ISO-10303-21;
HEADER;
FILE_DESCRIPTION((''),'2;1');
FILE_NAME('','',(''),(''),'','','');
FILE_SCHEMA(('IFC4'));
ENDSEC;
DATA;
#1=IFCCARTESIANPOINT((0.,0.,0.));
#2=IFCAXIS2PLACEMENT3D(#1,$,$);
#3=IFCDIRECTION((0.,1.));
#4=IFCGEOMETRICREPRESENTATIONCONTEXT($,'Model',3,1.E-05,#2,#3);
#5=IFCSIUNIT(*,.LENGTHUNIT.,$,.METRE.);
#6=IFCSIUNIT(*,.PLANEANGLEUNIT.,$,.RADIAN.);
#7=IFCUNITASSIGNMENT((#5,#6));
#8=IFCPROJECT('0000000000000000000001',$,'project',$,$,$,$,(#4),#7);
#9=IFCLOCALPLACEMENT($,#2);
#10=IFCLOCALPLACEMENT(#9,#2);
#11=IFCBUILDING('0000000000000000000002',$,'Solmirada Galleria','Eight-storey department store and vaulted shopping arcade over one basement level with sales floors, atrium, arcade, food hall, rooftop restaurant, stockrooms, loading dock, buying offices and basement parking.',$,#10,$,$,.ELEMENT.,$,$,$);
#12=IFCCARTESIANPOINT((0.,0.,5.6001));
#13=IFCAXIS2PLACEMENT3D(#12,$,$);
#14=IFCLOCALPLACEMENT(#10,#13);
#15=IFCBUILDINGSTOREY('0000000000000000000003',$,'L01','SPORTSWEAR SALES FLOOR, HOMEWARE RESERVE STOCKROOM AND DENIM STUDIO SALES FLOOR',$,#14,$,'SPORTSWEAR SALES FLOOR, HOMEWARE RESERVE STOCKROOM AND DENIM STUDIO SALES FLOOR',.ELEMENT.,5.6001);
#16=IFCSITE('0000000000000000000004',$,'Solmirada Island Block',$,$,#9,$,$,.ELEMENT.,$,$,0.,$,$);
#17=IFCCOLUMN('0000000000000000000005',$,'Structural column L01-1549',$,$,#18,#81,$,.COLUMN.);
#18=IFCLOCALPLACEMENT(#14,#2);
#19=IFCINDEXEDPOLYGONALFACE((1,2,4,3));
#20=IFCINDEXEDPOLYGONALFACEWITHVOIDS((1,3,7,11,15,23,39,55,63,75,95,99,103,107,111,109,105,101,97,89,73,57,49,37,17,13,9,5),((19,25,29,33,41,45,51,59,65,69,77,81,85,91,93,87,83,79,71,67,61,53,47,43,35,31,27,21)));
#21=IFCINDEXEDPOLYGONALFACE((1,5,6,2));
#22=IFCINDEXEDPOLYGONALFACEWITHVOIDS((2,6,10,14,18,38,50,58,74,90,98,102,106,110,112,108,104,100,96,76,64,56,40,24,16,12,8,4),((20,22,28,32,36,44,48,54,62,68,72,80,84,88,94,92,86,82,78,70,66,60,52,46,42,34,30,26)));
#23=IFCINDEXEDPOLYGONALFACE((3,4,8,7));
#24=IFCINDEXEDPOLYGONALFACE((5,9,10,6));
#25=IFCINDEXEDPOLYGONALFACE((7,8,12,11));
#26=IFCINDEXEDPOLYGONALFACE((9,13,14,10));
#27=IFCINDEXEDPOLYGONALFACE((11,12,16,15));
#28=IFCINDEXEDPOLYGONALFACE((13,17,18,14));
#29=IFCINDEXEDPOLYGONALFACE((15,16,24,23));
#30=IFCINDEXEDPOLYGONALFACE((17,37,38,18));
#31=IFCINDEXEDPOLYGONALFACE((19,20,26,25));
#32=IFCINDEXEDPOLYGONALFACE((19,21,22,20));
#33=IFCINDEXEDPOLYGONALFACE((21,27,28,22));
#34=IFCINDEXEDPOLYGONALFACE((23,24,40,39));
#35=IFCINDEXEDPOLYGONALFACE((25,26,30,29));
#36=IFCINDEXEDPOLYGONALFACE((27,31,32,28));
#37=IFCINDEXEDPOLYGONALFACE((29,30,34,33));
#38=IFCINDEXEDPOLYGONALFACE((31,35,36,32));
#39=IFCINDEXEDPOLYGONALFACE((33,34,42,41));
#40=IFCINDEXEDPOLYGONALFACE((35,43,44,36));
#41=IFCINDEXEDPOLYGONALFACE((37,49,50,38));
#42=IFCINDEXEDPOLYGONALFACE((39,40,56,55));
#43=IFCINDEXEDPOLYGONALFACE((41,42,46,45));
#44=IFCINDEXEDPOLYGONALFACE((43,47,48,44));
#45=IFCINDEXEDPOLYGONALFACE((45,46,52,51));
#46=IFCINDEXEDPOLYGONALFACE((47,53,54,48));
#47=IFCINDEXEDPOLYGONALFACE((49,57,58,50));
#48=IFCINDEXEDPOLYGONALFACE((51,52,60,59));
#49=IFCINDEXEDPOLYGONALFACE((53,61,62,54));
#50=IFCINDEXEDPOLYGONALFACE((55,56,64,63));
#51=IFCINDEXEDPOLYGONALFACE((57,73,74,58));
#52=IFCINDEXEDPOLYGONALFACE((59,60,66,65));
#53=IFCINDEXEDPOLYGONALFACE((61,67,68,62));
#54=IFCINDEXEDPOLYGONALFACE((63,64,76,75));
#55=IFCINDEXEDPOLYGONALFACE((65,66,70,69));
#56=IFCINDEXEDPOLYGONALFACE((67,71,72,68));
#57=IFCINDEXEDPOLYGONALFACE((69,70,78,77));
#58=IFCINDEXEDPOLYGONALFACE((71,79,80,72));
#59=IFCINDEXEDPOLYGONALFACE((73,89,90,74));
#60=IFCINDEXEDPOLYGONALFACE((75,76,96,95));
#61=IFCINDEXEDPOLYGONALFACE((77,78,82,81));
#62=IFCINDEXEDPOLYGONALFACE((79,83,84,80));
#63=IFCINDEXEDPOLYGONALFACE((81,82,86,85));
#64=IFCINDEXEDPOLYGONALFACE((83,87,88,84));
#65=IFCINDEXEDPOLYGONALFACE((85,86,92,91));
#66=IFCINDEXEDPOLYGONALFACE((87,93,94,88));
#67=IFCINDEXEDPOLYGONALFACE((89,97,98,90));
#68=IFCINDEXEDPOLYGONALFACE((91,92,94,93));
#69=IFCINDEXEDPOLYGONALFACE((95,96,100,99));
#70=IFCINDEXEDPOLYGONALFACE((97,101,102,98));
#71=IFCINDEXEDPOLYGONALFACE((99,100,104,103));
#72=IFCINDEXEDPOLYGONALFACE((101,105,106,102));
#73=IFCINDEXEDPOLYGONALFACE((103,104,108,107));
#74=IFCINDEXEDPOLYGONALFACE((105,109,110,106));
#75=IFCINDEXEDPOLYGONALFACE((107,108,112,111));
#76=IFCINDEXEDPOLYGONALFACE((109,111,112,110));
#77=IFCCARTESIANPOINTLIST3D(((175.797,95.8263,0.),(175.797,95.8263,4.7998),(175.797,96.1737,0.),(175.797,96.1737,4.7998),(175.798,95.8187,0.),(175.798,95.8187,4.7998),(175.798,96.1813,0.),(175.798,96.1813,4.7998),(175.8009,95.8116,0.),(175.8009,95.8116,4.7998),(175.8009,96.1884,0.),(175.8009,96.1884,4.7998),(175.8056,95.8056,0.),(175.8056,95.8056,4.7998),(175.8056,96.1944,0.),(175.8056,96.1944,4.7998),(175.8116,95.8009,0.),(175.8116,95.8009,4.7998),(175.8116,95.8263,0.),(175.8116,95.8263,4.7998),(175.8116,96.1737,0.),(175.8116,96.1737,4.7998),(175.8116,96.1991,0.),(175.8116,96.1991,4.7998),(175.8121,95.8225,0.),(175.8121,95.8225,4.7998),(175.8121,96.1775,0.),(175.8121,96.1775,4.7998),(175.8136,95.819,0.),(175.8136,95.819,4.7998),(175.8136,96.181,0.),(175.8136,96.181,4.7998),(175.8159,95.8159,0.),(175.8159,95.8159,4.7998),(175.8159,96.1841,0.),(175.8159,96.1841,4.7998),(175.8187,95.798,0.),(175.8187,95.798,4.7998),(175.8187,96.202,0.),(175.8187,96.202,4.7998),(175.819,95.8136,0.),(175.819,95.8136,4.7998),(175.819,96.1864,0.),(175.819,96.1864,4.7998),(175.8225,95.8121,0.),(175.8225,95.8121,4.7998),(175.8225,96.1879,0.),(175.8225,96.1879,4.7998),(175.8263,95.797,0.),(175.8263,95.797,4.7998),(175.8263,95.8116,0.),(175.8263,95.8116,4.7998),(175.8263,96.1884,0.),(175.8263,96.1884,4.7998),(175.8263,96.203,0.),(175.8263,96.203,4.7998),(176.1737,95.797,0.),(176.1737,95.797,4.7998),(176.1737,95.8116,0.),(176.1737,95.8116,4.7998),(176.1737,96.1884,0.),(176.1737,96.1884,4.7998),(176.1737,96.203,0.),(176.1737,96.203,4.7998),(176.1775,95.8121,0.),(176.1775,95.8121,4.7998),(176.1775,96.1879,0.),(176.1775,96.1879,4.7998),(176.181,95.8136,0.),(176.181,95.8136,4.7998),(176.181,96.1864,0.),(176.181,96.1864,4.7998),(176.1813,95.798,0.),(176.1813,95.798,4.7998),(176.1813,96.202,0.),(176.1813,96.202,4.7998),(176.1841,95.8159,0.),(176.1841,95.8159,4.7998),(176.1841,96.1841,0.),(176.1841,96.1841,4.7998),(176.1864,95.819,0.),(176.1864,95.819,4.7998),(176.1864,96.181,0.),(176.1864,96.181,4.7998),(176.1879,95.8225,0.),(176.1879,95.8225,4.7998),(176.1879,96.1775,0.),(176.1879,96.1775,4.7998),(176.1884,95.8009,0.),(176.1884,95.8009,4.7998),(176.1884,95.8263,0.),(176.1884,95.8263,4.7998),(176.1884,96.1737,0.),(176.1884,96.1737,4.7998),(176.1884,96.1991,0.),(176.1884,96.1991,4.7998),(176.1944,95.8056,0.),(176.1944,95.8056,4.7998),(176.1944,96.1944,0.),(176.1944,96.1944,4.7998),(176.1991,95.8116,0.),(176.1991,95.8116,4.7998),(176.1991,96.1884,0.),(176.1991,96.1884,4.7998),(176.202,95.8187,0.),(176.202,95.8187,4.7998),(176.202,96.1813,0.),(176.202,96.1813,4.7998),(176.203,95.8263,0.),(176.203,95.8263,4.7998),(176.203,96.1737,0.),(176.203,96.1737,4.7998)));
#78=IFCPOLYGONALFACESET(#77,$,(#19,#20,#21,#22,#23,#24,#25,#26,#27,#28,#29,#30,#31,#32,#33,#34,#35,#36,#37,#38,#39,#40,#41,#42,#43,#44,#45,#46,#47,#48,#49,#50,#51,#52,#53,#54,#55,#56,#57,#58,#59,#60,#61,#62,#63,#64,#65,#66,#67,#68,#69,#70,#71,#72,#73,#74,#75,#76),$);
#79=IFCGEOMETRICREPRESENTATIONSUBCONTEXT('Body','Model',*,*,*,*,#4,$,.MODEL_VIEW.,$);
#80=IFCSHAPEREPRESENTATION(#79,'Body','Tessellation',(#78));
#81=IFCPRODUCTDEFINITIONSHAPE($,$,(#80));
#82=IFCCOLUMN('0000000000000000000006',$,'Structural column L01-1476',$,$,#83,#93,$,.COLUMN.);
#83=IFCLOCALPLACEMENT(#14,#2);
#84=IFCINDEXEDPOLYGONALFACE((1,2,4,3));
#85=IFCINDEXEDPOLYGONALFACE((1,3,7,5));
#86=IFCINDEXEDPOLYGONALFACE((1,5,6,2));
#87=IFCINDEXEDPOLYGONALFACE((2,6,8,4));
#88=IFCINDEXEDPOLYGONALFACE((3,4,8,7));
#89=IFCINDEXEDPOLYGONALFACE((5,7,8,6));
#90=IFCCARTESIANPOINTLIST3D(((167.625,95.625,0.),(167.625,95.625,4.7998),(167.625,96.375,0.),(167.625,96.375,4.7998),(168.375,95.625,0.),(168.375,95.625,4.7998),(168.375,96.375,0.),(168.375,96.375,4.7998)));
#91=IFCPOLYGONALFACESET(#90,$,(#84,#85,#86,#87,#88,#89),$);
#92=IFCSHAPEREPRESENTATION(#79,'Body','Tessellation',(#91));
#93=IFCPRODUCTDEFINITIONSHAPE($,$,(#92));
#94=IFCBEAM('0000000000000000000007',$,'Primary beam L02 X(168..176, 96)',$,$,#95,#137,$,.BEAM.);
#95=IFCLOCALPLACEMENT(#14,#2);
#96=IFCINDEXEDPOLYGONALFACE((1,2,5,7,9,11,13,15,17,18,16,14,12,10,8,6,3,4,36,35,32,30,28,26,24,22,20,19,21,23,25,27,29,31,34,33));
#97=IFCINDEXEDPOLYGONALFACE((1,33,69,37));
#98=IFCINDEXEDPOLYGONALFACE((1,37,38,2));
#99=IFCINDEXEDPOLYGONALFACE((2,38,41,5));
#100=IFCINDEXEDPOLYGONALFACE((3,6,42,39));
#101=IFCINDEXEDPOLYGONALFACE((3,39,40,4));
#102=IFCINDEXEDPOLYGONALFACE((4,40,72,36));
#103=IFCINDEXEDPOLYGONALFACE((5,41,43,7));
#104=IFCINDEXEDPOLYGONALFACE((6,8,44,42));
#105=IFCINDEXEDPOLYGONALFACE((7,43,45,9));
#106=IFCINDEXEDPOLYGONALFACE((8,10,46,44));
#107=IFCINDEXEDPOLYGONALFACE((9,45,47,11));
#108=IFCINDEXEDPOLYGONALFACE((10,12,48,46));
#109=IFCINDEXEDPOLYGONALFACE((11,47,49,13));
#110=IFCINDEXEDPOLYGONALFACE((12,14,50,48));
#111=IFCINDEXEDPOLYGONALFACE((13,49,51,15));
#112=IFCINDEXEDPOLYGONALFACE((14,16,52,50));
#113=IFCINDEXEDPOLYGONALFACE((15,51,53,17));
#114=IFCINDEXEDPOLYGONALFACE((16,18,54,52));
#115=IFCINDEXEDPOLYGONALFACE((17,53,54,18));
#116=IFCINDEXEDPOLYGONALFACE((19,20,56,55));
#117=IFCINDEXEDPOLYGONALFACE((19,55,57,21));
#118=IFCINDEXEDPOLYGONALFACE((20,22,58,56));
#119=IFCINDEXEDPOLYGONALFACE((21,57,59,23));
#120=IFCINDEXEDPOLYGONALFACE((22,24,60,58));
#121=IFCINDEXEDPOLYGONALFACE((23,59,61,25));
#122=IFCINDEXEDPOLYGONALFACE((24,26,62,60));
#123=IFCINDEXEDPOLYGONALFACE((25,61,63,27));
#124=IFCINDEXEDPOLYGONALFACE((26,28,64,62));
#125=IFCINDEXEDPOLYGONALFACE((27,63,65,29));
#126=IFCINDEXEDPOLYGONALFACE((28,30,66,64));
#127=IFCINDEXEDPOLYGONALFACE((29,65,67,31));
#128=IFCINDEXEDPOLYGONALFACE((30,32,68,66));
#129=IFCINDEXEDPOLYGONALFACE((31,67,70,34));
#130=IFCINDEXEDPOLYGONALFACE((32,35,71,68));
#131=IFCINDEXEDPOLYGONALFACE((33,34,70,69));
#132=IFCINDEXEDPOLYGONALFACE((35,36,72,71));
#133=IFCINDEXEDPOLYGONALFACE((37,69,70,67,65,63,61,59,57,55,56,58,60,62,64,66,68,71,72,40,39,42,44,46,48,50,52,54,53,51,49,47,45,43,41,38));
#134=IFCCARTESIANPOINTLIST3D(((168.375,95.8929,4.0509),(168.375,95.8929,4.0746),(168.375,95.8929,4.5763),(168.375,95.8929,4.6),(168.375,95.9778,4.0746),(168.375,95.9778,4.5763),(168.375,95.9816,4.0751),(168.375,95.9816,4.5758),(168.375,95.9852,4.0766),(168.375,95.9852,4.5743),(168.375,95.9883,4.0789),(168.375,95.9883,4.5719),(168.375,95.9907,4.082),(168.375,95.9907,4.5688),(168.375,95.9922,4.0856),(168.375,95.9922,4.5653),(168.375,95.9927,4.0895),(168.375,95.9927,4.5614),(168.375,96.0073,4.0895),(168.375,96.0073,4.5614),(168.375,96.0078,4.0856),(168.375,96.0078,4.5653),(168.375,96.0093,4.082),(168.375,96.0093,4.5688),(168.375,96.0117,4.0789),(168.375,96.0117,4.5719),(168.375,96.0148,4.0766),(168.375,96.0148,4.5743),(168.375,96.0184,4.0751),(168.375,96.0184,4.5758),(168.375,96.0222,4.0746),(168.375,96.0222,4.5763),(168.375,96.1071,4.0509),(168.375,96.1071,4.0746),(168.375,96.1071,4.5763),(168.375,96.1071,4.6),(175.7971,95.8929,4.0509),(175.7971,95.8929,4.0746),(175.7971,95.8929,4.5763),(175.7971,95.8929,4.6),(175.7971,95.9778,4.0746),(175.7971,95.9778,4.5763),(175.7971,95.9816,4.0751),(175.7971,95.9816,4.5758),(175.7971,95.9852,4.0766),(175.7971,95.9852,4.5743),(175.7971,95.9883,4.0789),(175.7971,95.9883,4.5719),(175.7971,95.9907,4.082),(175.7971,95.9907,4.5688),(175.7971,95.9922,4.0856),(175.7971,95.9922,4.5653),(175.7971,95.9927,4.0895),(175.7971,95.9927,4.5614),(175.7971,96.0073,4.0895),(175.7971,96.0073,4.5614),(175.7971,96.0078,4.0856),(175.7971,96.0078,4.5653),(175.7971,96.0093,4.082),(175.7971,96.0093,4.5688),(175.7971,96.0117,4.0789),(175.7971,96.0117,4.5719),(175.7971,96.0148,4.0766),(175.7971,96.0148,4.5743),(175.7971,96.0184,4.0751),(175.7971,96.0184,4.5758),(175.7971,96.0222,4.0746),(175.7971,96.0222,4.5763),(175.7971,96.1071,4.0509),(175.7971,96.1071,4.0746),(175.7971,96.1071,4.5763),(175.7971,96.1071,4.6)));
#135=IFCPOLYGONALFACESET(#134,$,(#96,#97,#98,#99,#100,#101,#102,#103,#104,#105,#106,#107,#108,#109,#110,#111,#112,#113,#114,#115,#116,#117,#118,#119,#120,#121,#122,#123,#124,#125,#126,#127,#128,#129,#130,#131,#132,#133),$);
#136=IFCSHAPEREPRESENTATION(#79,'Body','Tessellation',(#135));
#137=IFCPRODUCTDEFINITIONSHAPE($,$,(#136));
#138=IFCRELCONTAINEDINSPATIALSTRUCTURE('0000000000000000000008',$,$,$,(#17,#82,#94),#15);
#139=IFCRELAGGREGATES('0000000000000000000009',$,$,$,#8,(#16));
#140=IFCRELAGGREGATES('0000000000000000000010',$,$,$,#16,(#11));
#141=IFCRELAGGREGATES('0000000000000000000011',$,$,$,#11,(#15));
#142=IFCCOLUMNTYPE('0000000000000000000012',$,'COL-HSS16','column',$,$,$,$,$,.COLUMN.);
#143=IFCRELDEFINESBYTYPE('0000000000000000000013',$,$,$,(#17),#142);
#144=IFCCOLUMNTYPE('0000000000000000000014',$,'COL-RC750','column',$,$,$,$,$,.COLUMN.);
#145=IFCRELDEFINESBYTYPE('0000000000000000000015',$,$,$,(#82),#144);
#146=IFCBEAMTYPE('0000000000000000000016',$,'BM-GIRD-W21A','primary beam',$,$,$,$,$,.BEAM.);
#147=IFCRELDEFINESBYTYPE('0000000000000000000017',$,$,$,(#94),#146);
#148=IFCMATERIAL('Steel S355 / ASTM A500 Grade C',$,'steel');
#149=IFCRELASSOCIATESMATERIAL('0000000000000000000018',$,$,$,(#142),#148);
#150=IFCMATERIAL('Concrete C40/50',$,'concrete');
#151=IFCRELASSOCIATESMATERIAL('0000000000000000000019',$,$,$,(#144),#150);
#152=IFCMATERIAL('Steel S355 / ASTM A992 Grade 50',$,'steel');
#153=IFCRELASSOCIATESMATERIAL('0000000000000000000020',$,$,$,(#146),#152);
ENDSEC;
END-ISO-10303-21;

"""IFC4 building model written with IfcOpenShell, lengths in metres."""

from ifc_helpers import new_model, si_unit, direction, frame, origin, origin_2d, place, context, subcontext, project, spatial, rectangle, hollow_rectangle, i_section, extrude, material, material_profile, profile_set, type_object, element, save


model = new_model("IFC4")

# Units and contexts
model_context = context("Model", 3, precision=1e-05, world=origin(), true_north=direction((0.0, 1.0)))
body_context = subcontext(model_context, "Body", "Model", "MODEL_VIEW")
ifc_project = project(units=[si_unit("LENGTHUNIT", "METRE"), si_unit("PLANEANGLEUNIT", "RADIAN")], contexts=[model_context])

# Site, building, storey
site_placement = place(None, origin())
site = spatial("IfcSite", under=ifc_project, at=site_placement, Name="Solmirada Island Block", CompositionType="ELEMENT", RefElevation=0.0)
building_placement = place(site_placement, origin())
building = spatial("IfcBuilding", under=site, at=building_placement, Name="Solmirada Galleria", Description="Eight-storey department store and vaulted shopping arcade over one basement level with sales floors, atrium, arcade, food hall, rooftop restaurant, stockrooms, loading dock, buying offices and basement parking.", CompositionType="ELEMENT")
storey_placement = place(building_placement, frame((0.0, 0.0, 5.6001)))
storey = spatial("IfcBuildingStorey", under=building, at=storey_placement, Name="L01", Description="SPORTSWEAR SALES FLOOR, HOMEWARE RESERVE STOCKROOM AND DENIM STUDIO SALES FLOOR", LongName="SPORTSWEAR SALES FLOOR, HOMEWARE RESERVE STOCKROOM AND DENIM STUDIO SALES FLOOR", CompositionType="ELEMENT", Elevation=5.6001)

# Columns
ifc_material_1 = material(Name="Steel S355 / ASTM A500 Grade C", Category="steel")
ifc_material_profile_1 = material_profile(ifc_material_1, hollow_rectangle(XDim=0.406, YDim=0.406, WallThickness=0.0146, InnerFilletRadius=0.0146, OuterFilletRadius=0.0293, at=origin_2d()), Name="HSS16X16X5/8")
ifc_profile_set_1 = profile_set([ifc_material_profile_1], Name="Steel S355 / ASTM A500 Grade C")
column_type_1 = type_object("IfcColumnType", Name="COL-HSS16", Description="column", PredefinedType="COLUMN", material=ifc_profile_set_1)
column_1_placement = place(storey_placement, frame((176.0, 96.0, 0.0), z_axis=(0.0, 0.0, 1.0), x_axis=(1.0, 0.0, 0.0)))
element("IfcColumn", 1, at=column_1_placement, inside=storey, type_object=column_type_1, Name="Structural column L01-1549", PredefinedType="COLUMN", context=body_context, shape_type="SweptSolid", body=[
    extrude(hollow_rectangle(XDim=0.406, YDim=0.406, WallThickness=0.0146, InnerFilletRadius=0.0146, OuterFilletRadius=0.0293, at=origin_2d()), origin(), (0.0, 0.0, 1.0), 4.7998),
])
ifc_material_2 = material(Name="Concrete C40/50", Category="concrete")
ifc_material_profile_2 = material_profile(ifc_material_2, rectangle(XDim=0.75, YDim=0.75, at=origin_2d()), Name="RC750X750")
ifc_profile_set_2 = profile_set([ifc_material_profile_2], Name="Concrete C40/50")
column_type_2 = type_object("IfcColumnType", Name="COL-RC750", Description="column", PredefinedType="COLUMN", material=ifc_profile_set_2)
column_2_placement = place(storey_placement, frame((168.0, 96.0, 0.0), z_axis=(0.0, 0.0, 1.0), x_axis=(1.0, 0.0, 0.0)))
element("IfcColumn", 2, at=column_2_placement, inside=storey, type_object=column_type_2, Name="Structural column L01-1476", PredefinedType="COLUMN", context=body_context, shape_type="SweptSolid", body=[
    extrude(rectangle(XDim=0.75, YDim=0.75, at=origin_2d()), origin(), (0.0, 0.0, 1.0), 4.7998),
])

# Beam
ifc_material_3 = material(Name="Steel S355 / ASTM A992 Grade 50", Category="steel")
ifc_material_profile_3 = material_profile(ifc_material_3, i_section(OverallWidth=0.2141, OverallDepth=0.5491, WebThickness=0.0146, FlangeThickness=0.0237, FilletRadius=0.0149, at=origin_2d()), Name="W21X93")
ifc_profile_set_3 = profile_set([ifc_material_profile_3], Name="Steel S355 / ASTM A992 Grade 50")
beam_type_1 = type_object("IfcBeamType", Name="BM-GIRD-W21A", Description="primary beam", PredefinedType="BEAM", material=ifc_profile_set_3)
beam_1_placement = place(storey_placement, frame((168.375, 96.0, 4.3254), z_axis=(1.0, 0.0, 0.0), x_axis=(0.0, 1.0, 0.0)))
element("IfcBeam", 3, at=beam_1_placement, inside=storey, type_object=beam_type_1, Name="Primary beam L02 X(168..176, 96)", PredefinedType="BEAM", context=body_context, shape_type="SweptSolid", body=[
    extrude(i_section(OverallWidth=0.2141, OverallDepth=0.5491, WebThickness=0.0146, FlangeThickness=0.0237, FilletRadius=0.0149, at=origin_2d()), origin(), (0.0, 0.0, 1.0), 7.4221),
])

save(model, "model.ifc")
